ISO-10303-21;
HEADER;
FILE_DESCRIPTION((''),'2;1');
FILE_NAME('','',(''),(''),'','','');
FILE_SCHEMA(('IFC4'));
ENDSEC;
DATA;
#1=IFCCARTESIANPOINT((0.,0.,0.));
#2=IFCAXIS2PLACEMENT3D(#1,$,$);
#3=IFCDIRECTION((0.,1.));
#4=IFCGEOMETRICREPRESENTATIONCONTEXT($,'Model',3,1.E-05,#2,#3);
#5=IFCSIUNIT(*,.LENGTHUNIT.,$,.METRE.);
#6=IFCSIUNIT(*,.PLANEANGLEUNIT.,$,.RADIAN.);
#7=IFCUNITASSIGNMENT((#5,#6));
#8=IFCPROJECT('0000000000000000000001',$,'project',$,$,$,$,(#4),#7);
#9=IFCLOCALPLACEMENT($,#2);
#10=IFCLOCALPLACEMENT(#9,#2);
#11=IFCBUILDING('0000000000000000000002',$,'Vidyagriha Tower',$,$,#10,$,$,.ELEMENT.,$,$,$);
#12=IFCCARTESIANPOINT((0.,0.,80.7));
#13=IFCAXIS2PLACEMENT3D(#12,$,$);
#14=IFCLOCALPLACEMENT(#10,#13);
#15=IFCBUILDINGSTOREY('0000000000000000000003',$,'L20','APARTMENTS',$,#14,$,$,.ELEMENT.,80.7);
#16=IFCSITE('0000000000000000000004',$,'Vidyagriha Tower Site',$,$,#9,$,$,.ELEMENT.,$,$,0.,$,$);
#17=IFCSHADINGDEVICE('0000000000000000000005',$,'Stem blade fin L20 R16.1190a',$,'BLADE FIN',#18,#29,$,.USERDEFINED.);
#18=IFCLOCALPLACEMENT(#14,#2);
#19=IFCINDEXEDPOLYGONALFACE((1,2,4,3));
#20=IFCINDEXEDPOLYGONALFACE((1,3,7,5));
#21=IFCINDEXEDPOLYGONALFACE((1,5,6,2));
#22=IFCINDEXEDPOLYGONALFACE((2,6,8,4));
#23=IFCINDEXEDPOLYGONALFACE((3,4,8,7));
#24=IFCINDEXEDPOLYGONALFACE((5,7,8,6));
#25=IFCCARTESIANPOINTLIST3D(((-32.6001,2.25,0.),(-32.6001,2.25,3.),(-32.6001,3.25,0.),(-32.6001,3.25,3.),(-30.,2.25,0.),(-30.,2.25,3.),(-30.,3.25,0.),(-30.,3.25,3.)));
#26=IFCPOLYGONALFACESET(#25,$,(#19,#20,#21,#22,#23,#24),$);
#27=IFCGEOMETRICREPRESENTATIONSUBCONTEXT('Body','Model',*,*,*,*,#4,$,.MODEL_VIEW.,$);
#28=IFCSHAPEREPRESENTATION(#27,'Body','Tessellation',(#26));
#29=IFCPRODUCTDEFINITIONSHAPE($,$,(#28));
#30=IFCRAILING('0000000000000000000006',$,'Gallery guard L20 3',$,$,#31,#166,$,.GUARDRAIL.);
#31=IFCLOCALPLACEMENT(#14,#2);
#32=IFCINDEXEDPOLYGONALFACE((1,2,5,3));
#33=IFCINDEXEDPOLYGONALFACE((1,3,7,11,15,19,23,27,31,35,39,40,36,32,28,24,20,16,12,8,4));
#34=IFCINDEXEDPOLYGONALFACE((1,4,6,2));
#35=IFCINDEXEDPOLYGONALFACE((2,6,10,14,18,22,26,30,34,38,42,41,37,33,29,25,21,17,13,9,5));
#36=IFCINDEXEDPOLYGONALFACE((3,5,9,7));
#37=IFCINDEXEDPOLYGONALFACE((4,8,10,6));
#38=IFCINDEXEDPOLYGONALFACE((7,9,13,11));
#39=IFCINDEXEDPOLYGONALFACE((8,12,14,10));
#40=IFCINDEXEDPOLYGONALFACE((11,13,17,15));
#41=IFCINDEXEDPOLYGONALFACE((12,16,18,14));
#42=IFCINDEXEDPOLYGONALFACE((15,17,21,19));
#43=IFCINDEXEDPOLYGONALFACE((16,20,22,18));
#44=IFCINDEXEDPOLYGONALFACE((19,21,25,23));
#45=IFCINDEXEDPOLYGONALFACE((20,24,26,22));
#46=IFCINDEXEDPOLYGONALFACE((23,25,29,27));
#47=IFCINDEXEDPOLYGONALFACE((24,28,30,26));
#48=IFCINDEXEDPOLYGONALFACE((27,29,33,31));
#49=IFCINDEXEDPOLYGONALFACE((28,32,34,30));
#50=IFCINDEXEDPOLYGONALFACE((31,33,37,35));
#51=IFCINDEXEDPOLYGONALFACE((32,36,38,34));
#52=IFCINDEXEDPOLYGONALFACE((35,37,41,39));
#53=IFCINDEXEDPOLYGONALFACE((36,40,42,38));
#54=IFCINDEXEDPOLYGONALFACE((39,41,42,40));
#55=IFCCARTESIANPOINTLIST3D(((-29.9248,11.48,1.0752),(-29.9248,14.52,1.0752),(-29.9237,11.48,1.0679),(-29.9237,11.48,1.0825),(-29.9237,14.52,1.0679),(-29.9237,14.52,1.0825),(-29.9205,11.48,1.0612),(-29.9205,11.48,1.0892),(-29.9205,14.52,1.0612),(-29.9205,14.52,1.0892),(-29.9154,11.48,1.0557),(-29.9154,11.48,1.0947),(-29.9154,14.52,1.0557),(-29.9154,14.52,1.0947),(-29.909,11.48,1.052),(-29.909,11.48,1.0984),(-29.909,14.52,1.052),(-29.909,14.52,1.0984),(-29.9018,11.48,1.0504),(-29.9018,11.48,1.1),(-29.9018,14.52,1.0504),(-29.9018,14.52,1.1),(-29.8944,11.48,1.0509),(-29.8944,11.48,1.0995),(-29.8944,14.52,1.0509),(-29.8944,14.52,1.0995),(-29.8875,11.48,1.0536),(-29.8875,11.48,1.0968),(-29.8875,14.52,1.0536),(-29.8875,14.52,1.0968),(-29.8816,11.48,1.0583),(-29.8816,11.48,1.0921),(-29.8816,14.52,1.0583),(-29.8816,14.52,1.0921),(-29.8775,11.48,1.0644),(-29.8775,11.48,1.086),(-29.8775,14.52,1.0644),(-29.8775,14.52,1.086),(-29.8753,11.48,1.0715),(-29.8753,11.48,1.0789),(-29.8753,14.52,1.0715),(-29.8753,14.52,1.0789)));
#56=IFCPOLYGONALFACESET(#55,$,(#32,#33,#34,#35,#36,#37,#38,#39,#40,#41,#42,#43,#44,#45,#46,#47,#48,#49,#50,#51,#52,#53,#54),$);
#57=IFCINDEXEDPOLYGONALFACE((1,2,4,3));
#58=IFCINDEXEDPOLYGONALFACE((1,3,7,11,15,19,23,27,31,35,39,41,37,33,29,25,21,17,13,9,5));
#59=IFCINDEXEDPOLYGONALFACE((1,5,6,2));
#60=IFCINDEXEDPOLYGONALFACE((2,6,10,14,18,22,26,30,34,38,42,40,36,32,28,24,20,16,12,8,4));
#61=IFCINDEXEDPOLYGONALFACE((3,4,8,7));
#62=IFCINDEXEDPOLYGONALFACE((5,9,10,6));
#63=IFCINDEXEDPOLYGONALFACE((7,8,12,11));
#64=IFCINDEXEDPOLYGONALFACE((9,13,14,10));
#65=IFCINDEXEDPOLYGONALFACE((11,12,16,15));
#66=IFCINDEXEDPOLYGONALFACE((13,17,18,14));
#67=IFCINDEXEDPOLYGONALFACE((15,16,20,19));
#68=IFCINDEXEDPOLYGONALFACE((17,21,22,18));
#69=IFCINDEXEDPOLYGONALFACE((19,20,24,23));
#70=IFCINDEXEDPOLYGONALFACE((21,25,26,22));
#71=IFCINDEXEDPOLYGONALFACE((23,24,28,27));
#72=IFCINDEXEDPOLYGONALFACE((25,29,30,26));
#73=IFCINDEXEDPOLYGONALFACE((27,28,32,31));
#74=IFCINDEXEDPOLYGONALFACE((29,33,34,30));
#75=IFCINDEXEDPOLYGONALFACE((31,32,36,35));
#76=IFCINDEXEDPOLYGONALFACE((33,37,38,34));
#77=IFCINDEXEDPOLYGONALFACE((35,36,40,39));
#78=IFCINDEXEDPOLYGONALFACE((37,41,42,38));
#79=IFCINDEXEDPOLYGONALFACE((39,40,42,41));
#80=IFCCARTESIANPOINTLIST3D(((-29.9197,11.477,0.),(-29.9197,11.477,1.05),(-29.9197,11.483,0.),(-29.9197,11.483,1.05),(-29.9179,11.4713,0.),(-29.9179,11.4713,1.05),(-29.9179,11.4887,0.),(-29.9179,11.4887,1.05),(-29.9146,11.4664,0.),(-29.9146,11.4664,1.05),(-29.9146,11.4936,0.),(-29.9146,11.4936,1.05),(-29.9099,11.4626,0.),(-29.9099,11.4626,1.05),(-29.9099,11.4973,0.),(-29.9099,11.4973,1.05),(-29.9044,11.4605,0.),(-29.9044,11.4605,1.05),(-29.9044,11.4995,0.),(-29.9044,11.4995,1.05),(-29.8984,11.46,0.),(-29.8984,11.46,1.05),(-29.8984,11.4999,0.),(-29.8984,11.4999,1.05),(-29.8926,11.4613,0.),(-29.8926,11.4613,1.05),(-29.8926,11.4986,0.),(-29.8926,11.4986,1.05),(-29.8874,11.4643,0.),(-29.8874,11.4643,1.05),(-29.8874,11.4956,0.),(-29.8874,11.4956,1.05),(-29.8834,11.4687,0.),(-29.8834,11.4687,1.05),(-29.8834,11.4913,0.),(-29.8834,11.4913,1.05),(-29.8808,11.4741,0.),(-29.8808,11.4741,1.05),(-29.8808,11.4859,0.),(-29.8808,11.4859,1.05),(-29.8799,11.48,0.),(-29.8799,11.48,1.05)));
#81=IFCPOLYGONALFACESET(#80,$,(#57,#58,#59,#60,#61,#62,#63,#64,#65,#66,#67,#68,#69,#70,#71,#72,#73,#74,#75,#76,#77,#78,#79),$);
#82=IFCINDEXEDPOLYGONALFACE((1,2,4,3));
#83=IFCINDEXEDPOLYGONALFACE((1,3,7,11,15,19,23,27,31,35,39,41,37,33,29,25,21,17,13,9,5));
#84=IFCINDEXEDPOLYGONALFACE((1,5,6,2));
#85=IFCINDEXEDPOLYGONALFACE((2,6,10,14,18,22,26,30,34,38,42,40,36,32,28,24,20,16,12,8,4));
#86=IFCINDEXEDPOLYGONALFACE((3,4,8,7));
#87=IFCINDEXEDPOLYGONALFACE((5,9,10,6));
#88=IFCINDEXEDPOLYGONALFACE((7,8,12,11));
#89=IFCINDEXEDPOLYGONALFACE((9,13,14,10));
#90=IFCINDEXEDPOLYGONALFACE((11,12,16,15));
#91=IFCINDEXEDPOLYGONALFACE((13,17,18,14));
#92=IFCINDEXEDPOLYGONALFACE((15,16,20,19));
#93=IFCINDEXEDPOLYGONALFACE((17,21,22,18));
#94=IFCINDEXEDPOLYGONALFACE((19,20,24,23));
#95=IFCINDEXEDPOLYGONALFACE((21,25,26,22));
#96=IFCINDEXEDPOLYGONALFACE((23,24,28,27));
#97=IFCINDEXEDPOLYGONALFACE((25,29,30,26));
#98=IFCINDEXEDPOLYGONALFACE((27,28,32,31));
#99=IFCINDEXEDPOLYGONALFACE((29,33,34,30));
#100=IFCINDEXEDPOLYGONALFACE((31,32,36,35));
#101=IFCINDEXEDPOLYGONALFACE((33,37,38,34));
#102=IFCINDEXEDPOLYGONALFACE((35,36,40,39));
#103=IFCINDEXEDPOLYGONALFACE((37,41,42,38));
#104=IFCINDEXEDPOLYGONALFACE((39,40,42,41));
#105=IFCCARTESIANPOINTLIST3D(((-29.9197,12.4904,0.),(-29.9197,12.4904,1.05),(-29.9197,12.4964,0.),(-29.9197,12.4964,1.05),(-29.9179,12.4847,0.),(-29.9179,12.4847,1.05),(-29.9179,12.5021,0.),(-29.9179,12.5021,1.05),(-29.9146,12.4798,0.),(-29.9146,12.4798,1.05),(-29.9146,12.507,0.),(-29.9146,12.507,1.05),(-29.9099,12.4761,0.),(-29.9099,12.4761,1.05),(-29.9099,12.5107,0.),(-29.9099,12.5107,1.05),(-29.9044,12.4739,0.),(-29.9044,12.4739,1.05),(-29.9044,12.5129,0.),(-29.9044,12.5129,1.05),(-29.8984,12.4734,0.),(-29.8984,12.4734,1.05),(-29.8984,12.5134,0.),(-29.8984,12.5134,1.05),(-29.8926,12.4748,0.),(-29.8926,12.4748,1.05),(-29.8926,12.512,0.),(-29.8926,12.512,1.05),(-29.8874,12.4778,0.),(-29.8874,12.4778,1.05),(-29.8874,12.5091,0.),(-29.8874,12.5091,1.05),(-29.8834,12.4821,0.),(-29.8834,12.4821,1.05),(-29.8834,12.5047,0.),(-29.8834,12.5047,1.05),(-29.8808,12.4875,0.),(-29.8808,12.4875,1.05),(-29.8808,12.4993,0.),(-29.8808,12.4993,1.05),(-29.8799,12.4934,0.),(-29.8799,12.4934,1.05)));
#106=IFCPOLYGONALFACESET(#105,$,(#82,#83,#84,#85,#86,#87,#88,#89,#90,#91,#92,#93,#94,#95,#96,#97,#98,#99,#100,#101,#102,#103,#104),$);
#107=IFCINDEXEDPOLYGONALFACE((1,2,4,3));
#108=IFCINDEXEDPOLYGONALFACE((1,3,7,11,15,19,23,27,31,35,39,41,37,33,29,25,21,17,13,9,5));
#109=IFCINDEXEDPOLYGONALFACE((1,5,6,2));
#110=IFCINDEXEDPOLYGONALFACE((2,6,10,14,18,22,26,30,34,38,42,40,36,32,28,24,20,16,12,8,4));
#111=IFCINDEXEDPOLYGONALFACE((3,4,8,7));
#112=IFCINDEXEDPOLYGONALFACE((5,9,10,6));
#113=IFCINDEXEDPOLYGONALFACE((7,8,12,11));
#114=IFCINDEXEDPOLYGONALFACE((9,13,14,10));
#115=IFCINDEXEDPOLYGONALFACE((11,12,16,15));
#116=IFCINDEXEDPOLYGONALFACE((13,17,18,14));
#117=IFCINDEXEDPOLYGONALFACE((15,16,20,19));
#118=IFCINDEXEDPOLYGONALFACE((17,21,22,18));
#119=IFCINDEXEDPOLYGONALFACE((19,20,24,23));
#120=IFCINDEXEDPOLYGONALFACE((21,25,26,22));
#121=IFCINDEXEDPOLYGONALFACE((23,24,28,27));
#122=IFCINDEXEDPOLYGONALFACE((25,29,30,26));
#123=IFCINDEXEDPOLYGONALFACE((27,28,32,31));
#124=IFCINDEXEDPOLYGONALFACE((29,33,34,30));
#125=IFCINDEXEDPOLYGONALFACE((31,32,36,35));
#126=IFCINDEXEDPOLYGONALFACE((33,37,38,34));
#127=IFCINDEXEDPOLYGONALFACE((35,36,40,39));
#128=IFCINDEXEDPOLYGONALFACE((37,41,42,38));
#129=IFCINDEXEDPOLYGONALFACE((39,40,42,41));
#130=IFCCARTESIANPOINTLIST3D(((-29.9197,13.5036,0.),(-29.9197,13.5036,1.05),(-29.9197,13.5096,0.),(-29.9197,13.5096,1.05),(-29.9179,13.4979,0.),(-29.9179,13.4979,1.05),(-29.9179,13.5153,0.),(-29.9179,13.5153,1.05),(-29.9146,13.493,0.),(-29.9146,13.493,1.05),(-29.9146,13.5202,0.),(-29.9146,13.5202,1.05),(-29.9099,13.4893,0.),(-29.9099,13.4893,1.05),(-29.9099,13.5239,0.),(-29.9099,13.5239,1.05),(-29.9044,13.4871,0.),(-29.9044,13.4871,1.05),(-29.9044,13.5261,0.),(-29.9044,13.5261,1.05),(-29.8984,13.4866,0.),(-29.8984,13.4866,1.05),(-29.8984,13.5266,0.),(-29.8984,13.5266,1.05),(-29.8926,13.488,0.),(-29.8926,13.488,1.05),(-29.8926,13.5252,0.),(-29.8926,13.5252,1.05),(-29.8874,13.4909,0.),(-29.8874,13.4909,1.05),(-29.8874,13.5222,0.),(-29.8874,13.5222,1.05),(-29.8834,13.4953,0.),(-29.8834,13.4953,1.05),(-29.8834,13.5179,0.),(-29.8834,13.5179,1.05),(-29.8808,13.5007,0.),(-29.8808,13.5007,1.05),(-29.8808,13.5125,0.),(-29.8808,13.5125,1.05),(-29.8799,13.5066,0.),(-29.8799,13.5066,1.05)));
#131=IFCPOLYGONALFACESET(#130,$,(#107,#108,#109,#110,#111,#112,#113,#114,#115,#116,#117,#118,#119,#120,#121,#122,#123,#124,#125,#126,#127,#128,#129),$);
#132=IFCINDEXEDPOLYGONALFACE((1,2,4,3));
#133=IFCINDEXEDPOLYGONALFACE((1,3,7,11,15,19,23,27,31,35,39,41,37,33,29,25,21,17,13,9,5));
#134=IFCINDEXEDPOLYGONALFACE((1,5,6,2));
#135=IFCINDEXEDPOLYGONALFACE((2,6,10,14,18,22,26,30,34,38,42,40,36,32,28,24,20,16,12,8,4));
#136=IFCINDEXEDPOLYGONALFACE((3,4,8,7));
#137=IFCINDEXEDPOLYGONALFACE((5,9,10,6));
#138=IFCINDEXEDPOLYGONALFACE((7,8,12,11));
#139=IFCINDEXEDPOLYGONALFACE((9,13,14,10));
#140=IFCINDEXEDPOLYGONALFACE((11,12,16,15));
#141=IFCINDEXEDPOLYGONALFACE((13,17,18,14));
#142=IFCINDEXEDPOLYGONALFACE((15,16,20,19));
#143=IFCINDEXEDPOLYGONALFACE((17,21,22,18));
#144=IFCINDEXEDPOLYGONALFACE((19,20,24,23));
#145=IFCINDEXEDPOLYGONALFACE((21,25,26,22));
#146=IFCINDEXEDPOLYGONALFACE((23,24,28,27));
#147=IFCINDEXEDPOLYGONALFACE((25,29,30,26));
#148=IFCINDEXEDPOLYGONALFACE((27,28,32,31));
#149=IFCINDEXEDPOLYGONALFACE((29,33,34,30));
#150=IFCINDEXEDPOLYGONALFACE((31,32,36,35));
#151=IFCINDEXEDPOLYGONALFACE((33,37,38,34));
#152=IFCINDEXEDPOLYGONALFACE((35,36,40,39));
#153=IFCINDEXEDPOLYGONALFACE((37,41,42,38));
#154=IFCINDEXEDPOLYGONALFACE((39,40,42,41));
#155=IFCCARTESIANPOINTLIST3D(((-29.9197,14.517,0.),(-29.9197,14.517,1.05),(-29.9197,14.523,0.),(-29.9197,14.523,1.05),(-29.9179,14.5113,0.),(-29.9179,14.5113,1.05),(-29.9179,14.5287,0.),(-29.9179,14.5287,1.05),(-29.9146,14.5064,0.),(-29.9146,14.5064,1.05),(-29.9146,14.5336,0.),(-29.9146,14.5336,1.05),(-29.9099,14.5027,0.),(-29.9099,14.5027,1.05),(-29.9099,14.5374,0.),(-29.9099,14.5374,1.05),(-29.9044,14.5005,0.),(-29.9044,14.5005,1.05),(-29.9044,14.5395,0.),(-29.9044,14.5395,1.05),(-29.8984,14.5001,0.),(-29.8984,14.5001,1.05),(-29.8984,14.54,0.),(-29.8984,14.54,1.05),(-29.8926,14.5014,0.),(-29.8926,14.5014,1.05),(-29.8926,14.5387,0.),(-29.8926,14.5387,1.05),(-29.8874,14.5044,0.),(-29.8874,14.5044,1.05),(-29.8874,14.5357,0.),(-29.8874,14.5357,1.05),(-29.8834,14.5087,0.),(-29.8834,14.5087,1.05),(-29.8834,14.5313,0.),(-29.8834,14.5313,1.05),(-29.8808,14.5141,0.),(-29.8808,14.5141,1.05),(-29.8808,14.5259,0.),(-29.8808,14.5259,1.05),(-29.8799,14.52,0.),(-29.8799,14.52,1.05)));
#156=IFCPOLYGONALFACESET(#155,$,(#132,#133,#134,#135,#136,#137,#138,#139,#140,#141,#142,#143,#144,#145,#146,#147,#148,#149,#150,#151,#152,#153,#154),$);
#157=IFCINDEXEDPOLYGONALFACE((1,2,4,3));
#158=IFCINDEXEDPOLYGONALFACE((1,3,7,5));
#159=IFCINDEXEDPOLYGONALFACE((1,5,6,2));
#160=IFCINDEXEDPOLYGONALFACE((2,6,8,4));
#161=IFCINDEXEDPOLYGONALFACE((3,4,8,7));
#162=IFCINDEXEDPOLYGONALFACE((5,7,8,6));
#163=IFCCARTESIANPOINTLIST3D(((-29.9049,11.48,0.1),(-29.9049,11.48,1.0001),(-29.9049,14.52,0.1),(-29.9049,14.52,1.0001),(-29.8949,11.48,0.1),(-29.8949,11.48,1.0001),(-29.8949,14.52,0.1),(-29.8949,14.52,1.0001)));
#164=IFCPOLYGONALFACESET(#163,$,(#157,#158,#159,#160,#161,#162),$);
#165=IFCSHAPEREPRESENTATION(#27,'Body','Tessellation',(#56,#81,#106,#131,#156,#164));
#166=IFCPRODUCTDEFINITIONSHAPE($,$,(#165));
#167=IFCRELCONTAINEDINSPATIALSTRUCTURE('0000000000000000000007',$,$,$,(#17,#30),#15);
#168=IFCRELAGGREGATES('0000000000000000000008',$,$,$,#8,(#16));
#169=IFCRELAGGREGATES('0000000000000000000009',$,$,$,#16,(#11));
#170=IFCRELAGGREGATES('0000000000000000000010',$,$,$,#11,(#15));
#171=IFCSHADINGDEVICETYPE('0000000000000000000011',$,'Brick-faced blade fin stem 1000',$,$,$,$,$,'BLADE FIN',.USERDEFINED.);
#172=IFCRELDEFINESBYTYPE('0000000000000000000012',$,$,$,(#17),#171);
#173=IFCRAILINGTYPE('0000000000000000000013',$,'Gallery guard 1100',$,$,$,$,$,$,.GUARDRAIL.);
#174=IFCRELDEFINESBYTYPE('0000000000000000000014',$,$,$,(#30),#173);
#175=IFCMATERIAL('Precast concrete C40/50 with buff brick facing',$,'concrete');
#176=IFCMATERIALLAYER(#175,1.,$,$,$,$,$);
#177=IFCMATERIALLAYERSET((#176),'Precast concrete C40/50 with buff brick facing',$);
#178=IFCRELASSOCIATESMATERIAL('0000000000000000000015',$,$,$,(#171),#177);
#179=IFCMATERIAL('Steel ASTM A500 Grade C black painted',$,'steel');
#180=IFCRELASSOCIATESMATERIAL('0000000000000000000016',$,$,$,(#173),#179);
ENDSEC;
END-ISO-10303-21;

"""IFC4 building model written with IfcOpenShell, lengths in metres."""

from ifc_helpers import new_model, si_unit, direction, frame, origin, origin_2d, place, context, subcontext, project, spatial, polyline, rectangle, circle, outline, extrude, material, layer, layer_set, type_object, element, save


model = new_model("IFC4")

# Units and contexts
model_context = context("Model", 3, precision=1e-05, world=origin(), true_north=direction((0.0, 1.0)))
body_context = subcontext(model_context, "Body", "Model", "MODEL_VIEW")
ifc_project = project(units=[si_unit("LENGTHUNIT", "METRE"), si_unit("PLANEANGLEUNIT", "RADIAN")], contexts=[model_context])

# Site, building, storey
site_placement = place(None, origin())
site = spatial("IfcSite", under=ifc_project, at=site_placement, Name="Vidyagriha Tower Site", CompositionType="ELEMENT", RefElevation=0.0)
building_placement = place(site_placement, origin())
building = spatial("IfcBuilding", under=site, at=building_placement, Name="Vidyagriha Tower", CompositionType="ELEMENT")
storey_placement = place(building_placement, frame((0.0, 0.0, 80.7)))
storey = spatial("IfcBuildingStorey", under=building, at=storey_placement, Name="L20", Description="APARTMENTS", CompositionType="ELEMENT", Elevation=80.7)

# Shading device
ifc_material_1 = material(Name="Precast concrete C40/50 with buff brick facing", Category="concrete")
ifc_layer_1 = layer(ifc_material_1, 1.0)
ifc_layer_set_1 = layer_set([ifc_layer_1], Name="Precast concrete C40/50 with buff brick facing")
shading_device_type_1 = type_object("IfcShadingDeviceType", Name="Brick-faced blade fin stem 1000", ElementType="BLADE FIN", PredefinedType="USERDEFINED", material=ifc_layer_set_1)
shading_device_1_placement = place(storey_placement, frame((-31.3, 3.25, 0.0), z_axis=(0.0, 0.0, 1.0), x_axis=(0.0, -1.0, 0.0)))
element("IfcShadingDevice", 1, at=shading_device_1_placement, inside=storey, type_object=shading_device_type_1, Name="Stem blade fin L20 R16.1190a", ObjectType="BLADE FIN", PredefinedType="USERDEFINED", context=body_context, shape_type="SweptSolid", body=[
    extrude(outline(polyline([(0.0, 0.0), (1.0, 0.0), (1.0, 3.0), (0.0, 3.0), (0.0, 0.0)])), frame((0.0, 1.3, 0.0), z_axis=(0.0, -1.0, 0.0), x_axis=(1.0, 0.0, 0.0)), (0.0, 0.0, 1.0), 2.6001),
])

# Railing
ifc_material_2 = material(Name="Steel ASTM A500 Grade C black painted", Category="steel")
railing_type_1 = type_object("IfcRailingType", Name="Gallery guard 1100", PredefinedType="GUARDRAIL", material=ifc_material_2)
railing_1_placement = place(storey_placement, frame((-29.8999, 11.48, 0.0)))
element("IfcRailing", 2, at=railing_1_placement, inside=storey, type_object=railing_type_1, Name="Gallery guard L20 3", PredefinedType="GUARDRAIL", context=body_context, shape_type="SweptSolid", body=[
    extrude(circle(Radius=0.0249, at=origin_2d()), frame((0.0, 0.0, 1.0752), z_axis=(0.0, 1.0, 0.0), x_axis=(-1.0, 0.0, 0.0)), (0.0, 0.0, 1.0), 3.04),
    extrude(circle(Radius=0.02, at=origin_2d()), origin(), (0.0, 0.0, 1.0), 1.05),
    extrude(circle(Radius=0.02, at=origin_2d()), frame((0.0, 1.0134, 0.0)), (0.0, 0.0, 1.0), 1.05),
    extrude(circle(Radius=0.02, at=origin_2d()), frame((0.0, 2.0266, 0.0)), (0.0, 0.0, 1.0), 1.05),
    extrude(circle(Radius=0.02, at=origin_2d()), frame((0.0, 3.04, 0.0)), (0.0, 0.0, 1.0), 1.05),
    extrude(rectangle(XDim=0.01, YDim=0.9001, at=origin_2d()), frame((0.0, 0.0, 0.55), z_axis=(0.0, 1.0, 0.0), x_axis=(-1.0, 0.0, 0.0)), (0.0, 0.0, 1.0), 3.04),
])

save(model, "model.ifc")
